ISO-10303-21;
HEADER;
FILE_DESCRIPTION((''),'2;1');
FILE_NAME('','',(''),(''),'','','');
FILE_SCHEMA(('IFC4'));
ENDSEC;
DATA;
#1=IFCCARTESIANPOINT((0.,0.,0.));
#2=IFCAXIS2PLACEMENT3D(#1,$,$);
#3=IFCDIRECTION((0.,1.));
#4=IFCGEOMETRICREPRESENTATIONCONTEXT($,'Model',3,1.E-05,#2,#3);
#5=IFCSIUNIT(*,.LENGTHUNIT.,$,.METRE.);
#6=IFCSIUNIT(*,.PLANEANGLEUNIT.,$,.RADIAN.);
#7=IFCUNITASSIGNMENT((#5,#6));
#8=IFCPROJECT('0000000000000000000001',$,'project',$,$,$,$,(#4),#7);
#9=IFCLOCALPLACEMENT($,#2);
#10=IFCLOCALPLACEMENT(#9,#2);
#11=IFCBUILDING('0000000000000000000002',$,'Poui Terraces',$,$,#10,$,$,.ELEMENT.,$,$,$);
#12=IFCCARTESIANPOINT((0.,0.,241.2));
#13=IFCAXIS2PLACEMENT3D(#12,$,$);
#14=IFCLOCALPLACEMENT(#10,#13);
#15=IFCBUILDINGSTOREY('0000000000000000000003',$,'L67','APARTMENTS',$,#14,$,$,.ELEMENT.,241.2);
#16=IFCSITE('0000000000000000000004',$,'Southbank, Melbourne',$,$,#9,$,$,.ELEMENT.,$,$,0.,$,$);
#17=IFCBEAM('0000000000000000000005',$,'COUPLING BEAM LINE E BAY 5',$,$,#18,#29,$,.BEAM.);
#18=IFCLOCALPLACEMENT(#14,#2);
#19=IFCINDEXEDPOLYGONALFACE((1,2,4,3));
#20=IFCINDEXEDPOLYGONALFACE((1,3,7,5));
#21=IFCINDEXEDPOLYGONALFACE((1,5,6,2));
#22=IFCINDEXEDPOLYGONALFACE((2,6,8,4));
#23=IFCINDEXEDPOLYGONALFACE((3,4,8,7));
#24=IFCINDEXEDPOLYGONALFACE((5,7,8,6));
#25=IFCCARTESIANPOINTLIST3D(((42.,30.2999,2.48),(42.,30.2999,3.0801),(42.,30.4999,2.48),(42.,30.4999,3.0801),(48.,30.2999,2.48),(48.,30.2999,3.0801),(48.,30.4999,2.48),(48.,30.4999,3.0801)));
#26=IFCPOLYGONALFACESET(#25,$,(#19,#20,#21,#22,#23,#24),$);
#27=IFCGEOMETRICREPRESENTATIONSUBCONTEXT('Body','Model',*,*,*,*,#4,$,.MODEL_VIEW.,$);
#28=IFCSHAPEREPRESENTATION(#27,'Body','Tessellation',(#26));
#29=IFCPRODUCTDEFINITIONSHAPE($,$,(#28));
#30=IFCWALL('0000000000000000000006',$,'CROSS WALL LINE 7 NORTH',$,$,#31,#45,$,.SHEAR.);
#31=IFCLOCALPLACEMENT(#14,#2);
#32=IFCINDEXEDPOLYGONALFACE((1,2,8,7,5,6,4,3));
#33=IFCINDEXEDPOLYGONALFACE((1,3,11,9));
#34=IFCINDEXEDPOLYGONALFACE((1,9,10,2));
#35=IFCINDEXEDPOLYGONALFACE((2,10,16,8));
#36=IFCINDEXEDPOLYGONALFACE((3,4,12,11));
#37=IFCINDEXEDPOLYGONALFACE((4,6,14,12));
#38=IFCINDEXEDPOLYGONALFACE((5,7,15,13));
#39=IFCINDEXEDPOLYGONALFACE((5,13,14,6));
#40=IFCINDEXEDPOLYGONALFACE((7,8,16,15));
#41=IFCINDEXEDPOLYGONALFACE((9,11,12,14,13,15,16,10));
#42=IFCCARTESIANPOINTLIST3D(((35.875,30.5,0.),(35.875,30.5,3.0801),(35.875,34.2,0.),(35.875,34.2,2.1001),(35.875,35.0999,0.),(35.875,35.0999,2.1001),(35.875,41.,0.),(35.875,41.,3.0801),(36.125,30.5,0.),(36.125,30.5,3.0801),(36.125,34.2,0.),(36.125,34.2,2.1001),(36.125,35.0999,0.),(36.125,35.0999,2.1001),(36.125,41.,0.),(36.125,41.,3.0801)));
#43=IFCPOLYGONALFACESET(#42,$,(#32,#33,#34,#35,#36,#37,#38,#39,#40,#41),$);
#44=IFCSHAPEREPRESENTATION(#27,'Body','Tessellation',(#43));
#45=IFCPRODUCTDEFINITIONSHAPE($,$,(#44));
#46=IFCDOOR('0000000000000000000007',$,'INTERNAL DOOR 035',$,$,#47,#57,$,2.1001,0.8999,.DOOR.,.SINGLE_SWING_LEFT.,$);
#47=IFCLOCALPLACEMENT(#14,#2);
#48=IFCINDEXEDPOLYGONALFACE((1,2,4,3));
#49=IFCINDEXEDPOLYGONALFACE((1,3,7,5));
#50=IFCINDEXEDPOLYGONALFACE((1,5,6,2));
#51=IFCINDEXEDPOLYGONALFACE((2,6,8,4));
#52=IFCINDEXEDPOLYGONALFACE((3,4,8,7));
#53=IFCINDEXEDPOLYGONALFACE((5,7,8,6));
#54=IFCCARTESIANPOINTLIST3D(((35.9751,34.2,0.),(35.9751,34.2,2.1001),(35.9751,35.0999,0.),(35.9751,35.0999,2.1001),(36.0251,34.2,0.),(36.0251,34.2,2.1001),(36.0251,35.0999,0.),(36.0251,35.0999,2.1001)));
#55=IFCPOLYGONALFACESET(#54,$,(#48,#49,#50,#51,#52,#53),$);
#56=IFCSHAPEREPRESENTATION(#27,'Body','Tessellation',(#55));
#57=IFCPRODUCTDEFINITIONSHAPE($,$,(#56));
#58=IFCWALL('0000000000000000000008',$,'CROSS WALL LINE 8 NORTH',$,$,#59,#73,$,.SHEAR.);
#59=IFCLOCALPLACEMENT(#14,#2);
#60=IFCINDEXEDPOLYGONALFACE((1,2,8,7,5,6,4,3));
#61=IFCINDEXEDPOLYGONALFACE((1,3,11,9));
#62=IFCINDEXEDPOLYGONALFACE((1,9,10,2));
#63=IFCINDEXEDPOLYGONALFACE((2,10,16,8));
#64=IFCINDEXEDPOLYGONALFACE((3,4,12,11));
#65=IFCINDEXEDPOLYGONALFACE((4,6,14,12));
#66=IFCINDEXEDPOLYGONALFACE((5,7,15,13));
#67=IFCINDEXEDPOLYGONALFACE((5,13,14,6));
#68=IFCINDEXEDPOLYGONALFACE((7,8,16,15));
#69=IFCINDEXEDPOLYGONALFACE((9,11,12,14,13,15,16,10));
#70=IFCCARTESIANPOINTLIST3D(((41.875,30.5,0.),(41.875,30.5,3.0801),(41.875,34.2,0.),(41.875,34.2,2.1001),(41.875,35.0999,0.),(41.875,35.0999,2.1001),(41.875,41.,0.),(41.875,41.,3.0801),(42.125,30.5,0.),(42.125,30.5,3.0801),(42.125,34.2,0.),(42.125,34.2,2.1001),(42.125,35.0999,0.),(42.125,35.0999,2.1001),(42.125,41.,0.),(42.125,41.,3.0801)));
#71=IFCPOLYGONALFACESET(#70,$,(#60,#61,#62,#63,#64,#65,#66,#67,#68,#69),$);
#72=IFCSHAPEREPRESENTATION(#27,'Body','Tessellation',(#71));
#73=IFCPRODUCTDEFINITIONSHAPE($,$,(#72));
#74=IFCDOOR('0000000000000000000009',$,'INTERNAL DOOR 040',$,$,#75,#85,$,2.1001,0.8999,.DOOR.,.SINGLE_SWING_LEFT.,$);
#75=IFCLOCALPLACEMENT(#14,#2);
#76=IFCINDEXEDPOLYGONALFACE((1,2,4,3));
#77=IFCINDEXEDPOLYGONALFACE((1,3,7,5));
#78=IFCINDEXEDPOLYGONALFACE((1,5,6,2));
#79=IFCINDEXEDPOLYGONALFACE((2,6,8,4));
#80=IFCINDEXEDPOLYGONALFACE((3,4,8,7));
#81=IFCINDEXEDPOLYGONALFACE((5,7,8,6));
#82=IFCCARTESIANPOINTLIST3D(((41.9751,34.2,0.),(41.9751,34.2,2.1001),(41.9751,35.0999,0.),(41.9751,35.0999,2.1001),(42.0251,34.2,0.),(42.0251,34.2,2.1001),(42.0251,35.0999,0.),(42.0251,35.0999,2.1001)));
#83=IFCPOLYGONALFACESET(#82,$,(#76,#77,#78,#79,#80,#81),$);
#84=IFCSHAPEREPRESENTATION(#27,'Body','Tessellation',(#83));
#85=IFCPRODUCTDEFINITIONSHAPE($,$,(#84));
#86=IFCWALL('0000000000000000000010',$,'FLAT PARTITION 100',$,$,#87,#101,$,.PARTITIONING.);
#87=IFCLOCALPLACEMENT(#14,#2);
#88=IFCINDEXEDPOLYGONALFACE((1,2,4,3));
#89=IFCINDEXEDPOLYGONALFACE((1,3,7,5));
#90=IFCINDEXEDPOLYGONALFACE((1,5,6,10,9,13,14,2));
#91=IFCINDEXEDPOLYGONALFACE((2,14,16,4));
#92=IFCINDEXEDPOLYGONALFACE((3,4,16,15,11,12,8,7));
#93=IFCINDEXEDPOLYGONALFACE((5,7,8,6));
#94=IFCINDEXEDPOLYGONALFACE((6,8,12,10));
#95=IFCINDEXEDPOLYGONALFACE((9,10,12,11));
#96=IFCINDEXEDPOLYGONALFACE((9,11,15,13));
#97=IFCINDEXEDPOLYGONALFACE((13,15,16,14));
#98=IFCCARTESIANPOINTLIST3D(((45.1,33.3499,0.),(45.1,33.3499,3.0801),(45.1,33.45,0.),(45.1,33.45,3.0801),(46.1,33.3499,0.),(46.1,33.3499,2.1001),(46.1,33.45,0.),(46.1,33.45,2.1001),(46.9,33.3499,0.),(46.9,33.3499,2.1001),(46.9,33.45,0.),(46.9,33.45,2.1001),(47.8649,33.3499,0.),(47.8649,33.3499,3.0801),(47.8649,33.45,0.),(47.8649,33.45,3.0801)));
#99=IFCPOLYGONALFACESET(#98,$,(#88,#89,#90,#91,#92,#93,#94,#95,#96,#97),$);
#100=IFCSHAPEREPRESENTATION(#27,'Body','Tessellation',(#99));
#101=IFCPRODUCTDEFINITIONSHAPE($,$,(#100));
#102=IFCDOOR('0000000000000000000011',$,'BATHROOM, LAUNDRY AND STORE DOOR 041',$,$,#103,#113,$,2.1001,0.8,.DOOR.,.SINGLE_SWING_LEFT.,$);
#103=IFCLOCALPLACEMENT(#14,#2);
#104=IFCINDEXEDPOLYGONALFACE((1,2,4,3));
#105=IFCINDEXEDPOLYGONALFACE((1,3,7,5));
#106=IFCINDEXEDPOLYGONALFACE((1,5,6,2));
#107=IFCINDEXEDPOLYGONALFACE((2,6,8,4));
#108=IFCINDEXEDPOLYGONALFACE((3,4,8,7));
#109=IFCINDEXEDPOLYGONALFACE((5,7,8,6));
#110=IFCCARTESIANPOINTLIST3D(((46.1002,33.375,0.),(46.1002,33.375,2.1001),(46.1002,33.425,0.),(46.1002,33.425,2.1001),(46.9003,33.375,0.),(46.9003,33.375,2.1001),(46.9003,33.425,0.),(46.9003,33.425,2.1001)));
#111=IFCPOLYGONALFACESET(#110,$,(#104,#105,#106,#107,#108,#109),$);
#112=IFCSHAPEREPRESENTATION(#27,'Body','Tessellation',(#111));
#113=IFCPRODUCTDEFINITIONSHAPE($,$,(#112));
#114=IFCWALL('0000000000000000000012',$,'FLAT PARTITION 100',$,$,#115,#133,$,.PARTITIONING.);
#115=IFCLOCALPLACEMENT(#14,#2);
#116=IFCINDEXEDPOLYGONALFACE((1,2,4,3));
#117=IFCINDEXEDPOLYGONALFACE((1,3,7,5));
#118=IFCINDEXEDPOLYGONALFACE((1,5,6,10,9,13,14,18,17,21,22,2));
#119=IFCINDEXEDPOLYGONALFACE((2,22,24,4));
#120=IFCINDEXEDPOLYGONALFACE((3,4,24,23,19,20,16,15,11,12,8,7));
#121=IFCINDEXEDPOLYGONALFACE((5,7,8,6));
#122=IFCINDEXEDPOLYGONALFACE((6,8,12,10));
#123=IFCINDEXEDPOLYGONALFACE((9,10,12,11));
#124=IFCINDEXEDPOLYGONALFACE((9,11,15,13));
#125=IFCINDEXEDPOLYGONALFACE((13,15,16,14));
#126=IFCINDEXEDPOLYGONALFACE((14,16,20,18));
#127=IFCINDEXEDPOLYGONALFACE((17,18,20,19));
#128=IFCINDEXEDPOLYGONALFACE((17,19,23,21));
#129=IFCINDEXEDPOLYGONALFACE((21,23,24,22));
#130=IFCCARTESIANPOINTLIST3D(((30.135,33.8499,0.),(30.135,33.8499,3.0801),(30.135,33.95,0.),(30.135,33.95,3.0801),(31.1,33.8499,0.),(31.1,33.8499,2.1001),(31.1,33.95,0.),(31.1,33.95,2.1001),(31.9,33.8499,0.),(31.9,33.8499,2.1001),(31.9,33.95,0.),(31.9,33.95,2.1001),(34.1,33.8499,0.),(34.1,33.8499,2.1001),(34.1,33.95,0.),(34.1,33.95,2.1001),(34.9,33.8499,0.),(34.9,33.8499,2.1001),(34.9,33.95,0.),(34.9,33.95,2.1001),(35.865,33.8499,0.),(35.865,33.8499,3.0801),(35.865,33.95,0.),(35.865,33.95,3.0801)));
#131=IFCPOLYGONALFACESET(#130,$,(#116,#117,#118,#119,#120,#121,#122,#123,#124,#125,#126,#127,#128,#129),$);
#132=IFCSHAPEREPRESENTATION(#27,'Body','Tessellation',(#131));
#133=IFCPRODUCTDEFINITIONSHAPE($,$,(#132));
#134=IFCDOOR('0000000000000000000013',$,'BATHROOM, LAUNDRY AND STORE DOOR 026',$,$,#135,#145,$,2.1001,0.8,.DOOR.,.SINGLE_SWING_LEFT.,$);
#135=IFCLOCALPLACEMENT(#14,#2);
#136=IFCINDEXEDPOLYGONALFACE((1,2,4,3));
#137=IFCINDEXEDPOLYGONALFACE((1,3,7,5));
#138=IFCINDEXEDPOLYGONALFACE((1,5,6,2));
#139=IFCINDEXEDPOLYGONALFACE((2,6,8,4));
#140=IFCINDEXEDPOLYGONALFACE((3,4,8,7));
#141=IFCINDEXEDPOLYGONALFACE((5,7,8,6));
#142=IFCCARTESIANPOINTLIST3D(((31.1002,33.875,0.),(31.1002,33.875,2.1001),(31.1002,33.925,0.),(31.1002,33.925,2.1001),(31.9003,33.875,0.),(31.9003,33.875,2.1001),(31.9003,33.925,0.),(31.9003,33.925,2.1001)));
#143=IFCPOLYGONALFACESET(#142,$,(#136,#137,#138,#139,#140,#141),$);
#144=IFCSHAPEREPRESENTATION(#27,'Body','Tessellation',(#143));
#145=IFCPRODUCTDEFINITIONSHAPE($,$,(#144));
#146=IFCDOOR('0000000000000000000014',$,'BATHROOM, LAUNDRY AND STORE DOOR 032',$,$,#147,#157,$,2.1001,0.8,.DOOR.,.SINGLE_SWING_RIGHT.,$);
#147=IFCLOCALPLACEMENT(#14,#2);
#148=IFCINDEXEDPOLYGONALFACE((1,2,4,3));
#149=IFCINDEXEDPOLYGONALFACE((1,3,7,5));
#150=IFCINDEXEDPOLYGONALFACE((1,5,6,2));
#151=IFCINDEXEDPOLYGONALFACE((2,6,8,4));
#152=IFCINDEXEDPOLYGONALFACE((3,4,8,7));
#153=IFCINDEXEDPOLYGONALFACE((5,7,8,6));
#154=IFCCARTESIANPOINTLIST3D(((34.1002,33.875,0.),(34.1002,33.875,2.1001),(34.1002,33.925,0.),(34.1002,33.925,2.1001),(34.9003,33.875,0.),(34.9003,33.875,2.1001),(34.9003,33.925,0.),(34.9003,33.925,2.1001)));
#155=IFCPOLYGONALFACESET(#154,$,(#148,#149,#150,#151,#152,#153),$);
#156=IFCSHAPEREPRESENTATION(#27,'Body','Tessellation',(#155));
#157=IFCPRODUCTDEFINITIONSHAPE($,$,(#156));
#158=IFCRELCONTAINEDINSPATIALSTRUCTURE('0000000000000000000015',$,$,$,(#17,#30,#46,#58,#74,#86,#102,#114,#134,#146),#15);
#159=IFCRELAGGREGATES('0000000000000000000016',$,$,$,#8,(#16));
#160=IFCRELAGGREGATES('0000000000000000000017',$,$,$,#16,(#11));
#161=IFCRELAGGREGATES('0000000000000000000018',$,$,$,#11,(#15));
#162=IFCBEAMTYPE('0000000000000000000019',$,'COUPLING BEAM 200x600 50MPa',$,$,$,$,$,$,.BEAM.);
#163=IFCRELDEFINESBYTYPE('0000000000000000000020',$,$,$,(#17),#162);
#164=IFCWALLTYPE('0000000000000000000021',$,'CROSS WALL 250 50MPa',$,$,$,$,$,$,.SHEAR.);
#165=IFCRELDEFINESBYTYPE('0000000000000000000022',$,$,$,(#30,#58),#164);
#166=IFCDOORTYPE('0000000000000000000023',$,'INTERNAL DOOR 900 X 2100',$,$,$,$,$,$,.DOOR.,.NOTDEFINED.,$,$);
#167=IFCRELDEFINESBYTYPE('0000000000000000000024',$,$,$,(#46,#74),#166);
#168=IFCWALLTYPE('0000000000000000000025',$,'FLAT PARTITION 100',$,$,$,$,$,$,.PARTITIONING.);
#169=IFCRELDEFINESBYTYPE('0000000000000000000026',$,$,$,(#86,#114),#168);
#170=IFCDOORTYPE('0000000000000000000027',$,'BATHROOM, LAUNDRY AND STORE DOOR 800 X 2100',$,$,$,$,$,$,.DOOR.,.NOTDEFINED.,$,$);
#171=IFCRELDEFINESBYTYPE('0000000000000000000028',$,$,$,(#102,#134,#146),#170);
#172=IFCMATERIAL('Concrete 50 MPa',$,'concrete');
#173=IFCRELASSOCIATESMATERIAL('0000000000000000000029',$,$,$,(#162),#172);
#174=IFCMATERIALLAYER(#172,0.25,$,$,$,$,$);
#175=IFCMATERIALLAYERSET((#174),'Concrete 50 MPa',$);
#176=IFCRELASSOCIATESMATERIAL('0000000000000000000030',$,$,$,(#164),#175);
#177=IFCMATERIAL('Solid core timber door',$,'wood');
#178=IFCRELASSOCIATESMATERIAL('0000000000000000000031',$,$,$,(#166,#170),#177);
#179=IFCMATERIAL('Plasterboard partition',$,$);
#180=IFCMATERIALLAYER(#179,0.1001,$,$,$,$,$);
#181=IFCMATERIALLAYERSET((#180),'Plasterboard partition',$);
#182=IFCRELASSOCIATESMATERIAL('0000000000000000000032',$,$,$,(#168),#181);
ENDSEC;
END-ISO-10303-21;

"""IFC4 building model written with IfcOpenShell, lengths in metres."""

from ifc_helpers import new_model, si_unit, direction, frame, frame_2d, origin, origin_2d, place, context, subcontext, project, spatial, rectangle, extrude, source, transform, mapped, material, layer, layer_set, material_profile, profile_set, type_object, element, fill, save


model = new_model("IFC4")

# Units and contexts
model_context = context("Model", 3, precision=1e-05, world=origin(), true_north=direction((0.0, 1.0)))
body_context = subcontext(model_context, "Body", "Model", "MODEL_VIEW")
ifc_project = project(units=[si_unit("LENGTHUNIT", "METRE"), si_unit("PLANEANGLEUNIT", "RADIAN")], contexts=[model_context])

# Site, building, storey
site_placement = place(None, origin())
site = spatial("IfcSite", under=ifc_project, at=site_placement, Name="Southbank, Melbourne", CompositionType="ELEMENT", RefElevation=0.0)
building_placement = place(site_placement, origin())
building = spatial("IfcBuilding", under=site, at=building_placement, Name="Poui Terraces", CompositionType="ELEMENT")
storey_placement = place(building_placement, frame((0.0, 0.0, 241.2)))
storey = spatial("IfcBuildingStorey", under=building, at=storey_placement, Name="L67", Description="APARTMENTS", CompositionType="ELEMENT", Elevation=241.2)

# Beam
ifc_material_1 = material(Name="Concrete 50 MPa", Category="concrete")
ifc_material_profile_1 = material_profile(ifc_material_1, rectangle(XDim=0.2, YDim=0.6001, at=origin_2d()), Name="RC 200x600")
ifc_profile_set_1 = profile_set([ifc_material_profile_1], Name="Concrete 50 MPa")
beam_type = type_object("IfcBeamType", Name="COUPLING BEAM 200x600 50MPa", PredefinedType="BEAM", material=ifc_profile_set_1)
shared_shape_1 = source(origin(), body_context, "Body", "SweptSolid", [
    extrude(rectangle(XDim=0.2, YDim=0.6001, at=origin_2d()), origin(), (0.0, 0.0, 1.0), 6.0),
])
beam_placement = place(storey_placement, frame((42.0, 30.3999, 2.78), z_axis=(1.0, 0.0, 0.0), x_axis=(0.0, 1.0, 0.0)))
element("IfcBeam", 1, at=beam_placement, inside=storey, type_object=beam_type, Name="COUPLING BEAM LINE E BAY 5", PredefinedType="BEAM", context=body_context, shape_type="MappedRepresentation", body=[
    mapped(shared_shape_1, transform((0.0, 0.0, 0.0))),
])

# Walls, openings, doors
ifc_layer_1 = layer(ifc_material_1, 0.25)
ifc_layer_set_1 = layer_set([ifc_layer_1], Name="Concrete 50 MPa")
wall_type_1 = type_object("IfcWallType", Name="CROSS WALL 250 50MPa", PredefinedType="SHEAR", material=ifc_layer_set_1)
wall_1_placement = place(storey_placement, frame((36.0, 30.5, 0.0), z_axis=(0.0, 0.0, 1.0), x_axis=(0.0, 1.0, 0.0)))
wall_1 = element("IfcWall", 2, at=wall_1_placement, inside=storey, type_object=wall_type_1, Name="CROSS WALL LINE 7 NORTH", PredefinedType="SHEAR", context=body_context, shape_type="SweptSolid", body=[
    extrude(rectangle(XDim=10.5, YDim=0.25, at=frame_2d((5.25, 0.0))), origin(), (0.0, 0.0, 1.0), 3.0801),
])
opening_1_placement = place(wall_1_placement, frame((3.7, 0.0, 0.0)))
opening_1 = element("IfcOpeningElement", 3, at=opening_1_placement, cuts=wall_1, PredefinedType="OPENING", context=body_context, shape_type="SweptSolid", body=[
    extrude(rectangle(XDim=0.8999, YDim=2.1001, at=frame_2d((0.45, 1.05))), frame((0.0, 0.135, 0.0), z_axis=(0.0, -1.0, 0.0), x_axis=(1.0, 0.0, 0.0)), (0.0, 0.0, 1.0), 0.27),
])
ifc_material_2 = material(Name="Solid core timber door", Category="wood")
door_type_1 = type_object("IfcDoorType", Name="INTERNAL DOOR 900 X 2100", OperationType="NOTDEFINED", PredefinedType="DOOR", material=ifc_material_2)
door_1_placement = place(opening_1_placement, origin())
door_1 = element("IfcDoor", 4, at=door_1_placement, inside=storey, type_object=door_type_1, Name="INTERNAL DOOR 035", OperationType="SINGLE_SWING_LEFT", OverallHeight=2.1001, OverallWidth=0.8999, PredefinedType="DOOR", context=body_context, shape_type="SweptSolid", body=[
    extrude(rectangle(XDim=0.8999, YDim=2.1001, at=frame_2d((0.45, 1.05))), frame((0.0, 0.0249, 0.0), z_axis=(0.0, -1.0, 0.0), x_axis=(1.0, 0.0, 0.0)), (0.0, 0.0, 1.0), 0.05),
])
fill(opening_1, door_1)
wall_2_placement = place(storey_placement, frame((42.0, 30.5, 0.0), z_axis=(0.0, 0.0, 1.0), x_axis=(0.0, 1.0, 0.0)))
wall_2 = element("IfcWall", 5, at=wall_2_placement, inside=storey, type_object=wall_type_1, Name="CROSS WALL LINE 8 NORTH", PredefinedType="SHEAR", context=body_context, shape_type="SweptSolid", body=[
    extrude(rectangle(XDim=10.5, YDim=0.25, at=frame_2d((5.25, 0.0))), origin(), (0.0, 0.0, 1.0), 3.0801),
])
opening_2_placement = place(wall_2_placement, frame((3.7, 0.0, 0.0)))
opening_2 = element("IfcOpeningElement", 6, at=opening_2_placement, cuts=wall_2, PredefinedType="OPENING", context=body_context, shape_type="SweptSolid", body=[
    extrude(rectangle(XDim=0.8999, YDim=2.1001, at=frame_2d((0.45, 1.05))), frame((0.0, 0.135, 0.0), z_axis=(0.0, -1.0, 0.0), x_axis=(1.0, 0.0, 0.0)), (0.0, 0.0, 1.0), 0.27),
])
door_2_placement = place(opening_2_placement, origin())
door_2 = element("IfcDoor", 7, at=door_2_placement, inside=storey, type_object=door_type_1, Name="INTERNAL DOOR 040", OperationType="SINGLE_SWING_LEFT", OverallHeight=2.1001, OverallWidth=0.8999, PredefinedType="DOOR", context=body_context, shape_type="SweptSolid", body=[
    extrude(rectangle(XDim=0.8999, YDim=2.1001, at=frame_2d((0.45, 1.05))), frame((0.0, 0.0249, 0.0), z_axis=(0.0, -1.0, 0.0), x_axis=(1.0, 0.0, 0.0)), (0.0, 0.0, 1.0), 0.05),
])
fill(opening_2, door_2)
ifc_material_3 = material(Name="Plasterboard partition")
ifc_layer_2 = layer(ifc_material_3, 0.1001)
ifc_layer_set_2 = layer_set([ifc_layer_2], Name="Plasterboard partition")
wall_type_2 = type_object("IfcWallType", Name="FLAT PARTITION 100", PredefinedType="PARTITIONING", material=ifc_layer_set_2)
wall_3_placement = place(storey_placement, frame((45.1001, 33.3999, 0.0), z_axis=(0.0, 0.0, 1.0), x_axis=(1.0, 0.0, 0.0)))
wall_3 = element("IfcWall", 8, at=wall_3_placement, inside=storey, type_object=wall_type_2, Name="FLAT PARTITION 100", PredefinedType="PARTITIONING", context=body_context, shape_type="SweptSolid", body=[
    extrude(rectangle(XDim=2.7649, YDim=0.1001, at=frame_2d((1.3823, 0.0))), origin(), (0.0, 0.0, 1.0), 3.0801),
])
opening_3_placement = place(wall_3_placement, frame((1.0, 0.0, 0.0)))
opening_3 = element("IfcOpeningElement", 9, at=opening_3_placement, cuts=wall_3, PredefinedType="OPENING", context=body_context, shape_type="SweptSolid", body=[
    extrude(rectangle(XDim=0.8, YDim=2.1001, at=frame_2d((0.3999, 1.05))), frame((0.0, 0.0601, 0.0), z_axis=(0.0, -1.0, 0.0), x_axis=(1.0, 0.0, 0.0)), (0.0, 0.0, 1.0), 0.1201),
])
door_type_2 = type_object("IfcDoorType", Name="BATHROOM, LAUNDRY AND STORE DOOR 800 X 2100", OperationType="NOTDEFINED", PredefinedType="DOOR", material=ifc_material_2)
door_3_placement = place(opening_3_placement, frame((0.8, 0.0, 0.0), z_axis=(0.0, 0.0, 1.0), x_axis=(-1.0, 0.0, 0.0)))
door_3 = element("IfcDoor", 10, at=door_3_placement, inside=storey, type_object=door_type_2, Name="BATHROOM, LAUNDRY AND STORE DOOR 041", OperationType="SINGLE_SWING_LEFT", OverallHeight=2.1001, OverallWidth=0.8, PredefinedType="DOOR", context=body_context, shape_type="SweptSolid", body=[
    extrude(rectangle(XDim=0.8, YDim=2.1001, at=frame_2d((0.3999, 1.05))), frame((0.0, 0.0249, 0.0), z_axis=(0.0, -1.0, 0.0), x_axis=(1.0, 0.0, 0.0)), (0.0, 0.0, 1.0), 0.05),
])
fill(opening_3, door_3)

# Wall, openings, doors
wall_4_placement = place(storey_placement, frame((30.135, 33.8999, 0.0), z_axis=(0.0, 0.0, 1.0), x_axis=(1.0, 0.0, 0.0)))
wall_4 = element("IfcWall", 11, at=wall_4_placement, inside=storey, type_object=wall_type_2, Name="FLAT PARTITION 100", PredefinedType="PARTITIONING", context=body_context, shape_type="SweptSolid", body=[
    extrude(rectangle(XDim=5.73, YDim=0.1001, at=frame_2d((2.865, 0.0))), origin(), (0.0, 0.0, 1.0), 3.0801),
])
opening_4_placement = place(wall_4_placement, frame((0.9651, 0.0, 0.0)))
opening_4 = element("IfcOpeningElement", 12, at=opening_4_placement, cuts=wall_4, PredefinedType="OPENING", context=body_context, shape_type="SweptSolid", body=[
    extrude(rectangle(XDim=0.8, YDim=2.1001, at=frame_2d((0.3999, 1.05))), frame((0.0, 0.0601, 0.0), z_axis=(0.0, -1.0, 0.0), x_axis=(1.0, 0.0, 0.0)), (0.0, 0.0, 1.0), 0.1201),
])
opening_5_placement = place(wall_4_placement, frame((3.9651, 0.0, 0.0)))
opening_5 = element("IfcOpeningElement", 13, at=opening_5_placement, cuts=wall_4, PredefinedType="OPENING", context=body_context, shape_type="SweptSolid", body=[
    extrude(rectangle(XDim=0.8, YDim=2.1001, at=frame_2d((0.3999, 1.05))), frame((0.0, 0.0601, 0.0), z_axis=(0.0, -1.0, 0.0), x_axis=(1.0, 0.0, 0.0)), (0.0, 0.0, 1.0), 0.1201),
])
door_4_placement = place(opening_4_placement, frame((0.8, 0.0, 0.0), z_axis=(0.0, 0.0, 1.0), x_axis=(-1.0, 0.0, 0.0)))
door_4 = element("IfcDoor", 14, at=door_4_placement, inside=storey, type_object=door_type_2, Name="BATHROOM, LAUNDRY AND STORE DOOR 026", OperationType="SINGLE_SWING_LEFT", OverallHeight=2.1001, OverallWidth=0.8, PredefinedType="DOOR", context=body_context, shape_type="SweptSolid", body=[
    extrude(rectangle(XDim=0.8, YDim=2.1001, at=frame_2d((0.3999, 1.05))), frame((0.0, 0.0249, 0.0), z_axis=(0.0, -1.0, 0.0), x_axis=(1.0, 0.0, 0.0)), (0.0, 0.0, 1.0), 0.05),
])
fill(opening_4, door_4)
door_5_placement = place(opening_5_placement, frame((0.8, 0.0, 0.0), z_axis=(0.0, 0.0, 1.0), x_axis=(-1.0, 0.0, 0.0)))
door_5 = element("IfcDoor", 15, at=door_5_placement, inside=storey, type_object=door_type_2, Name="BATHROOM, LAUNDRY AND STORE DOOR 032", OperationType="SINGLE_SWING_RIGHT", OverallHeight=2.1001, OverallWidth=0.8, PredefinedType="DOOR", context=body_context, shape_type="SweptSolid", body=[
    extrude(rectangle(XDim=0.8, YDim=2.1001, at=frame_2d((0.3999, 1.05))), frame((0.0, 0.0249, 0.0), z_axis=(0.0, -1.0, 0.0), x_axis=(1.0, 0.0, 0.0)), (0.0, 0.0, 1.0), 0.05),
])
fill(opening_5, door_5)

save(model, "model.ifc")
